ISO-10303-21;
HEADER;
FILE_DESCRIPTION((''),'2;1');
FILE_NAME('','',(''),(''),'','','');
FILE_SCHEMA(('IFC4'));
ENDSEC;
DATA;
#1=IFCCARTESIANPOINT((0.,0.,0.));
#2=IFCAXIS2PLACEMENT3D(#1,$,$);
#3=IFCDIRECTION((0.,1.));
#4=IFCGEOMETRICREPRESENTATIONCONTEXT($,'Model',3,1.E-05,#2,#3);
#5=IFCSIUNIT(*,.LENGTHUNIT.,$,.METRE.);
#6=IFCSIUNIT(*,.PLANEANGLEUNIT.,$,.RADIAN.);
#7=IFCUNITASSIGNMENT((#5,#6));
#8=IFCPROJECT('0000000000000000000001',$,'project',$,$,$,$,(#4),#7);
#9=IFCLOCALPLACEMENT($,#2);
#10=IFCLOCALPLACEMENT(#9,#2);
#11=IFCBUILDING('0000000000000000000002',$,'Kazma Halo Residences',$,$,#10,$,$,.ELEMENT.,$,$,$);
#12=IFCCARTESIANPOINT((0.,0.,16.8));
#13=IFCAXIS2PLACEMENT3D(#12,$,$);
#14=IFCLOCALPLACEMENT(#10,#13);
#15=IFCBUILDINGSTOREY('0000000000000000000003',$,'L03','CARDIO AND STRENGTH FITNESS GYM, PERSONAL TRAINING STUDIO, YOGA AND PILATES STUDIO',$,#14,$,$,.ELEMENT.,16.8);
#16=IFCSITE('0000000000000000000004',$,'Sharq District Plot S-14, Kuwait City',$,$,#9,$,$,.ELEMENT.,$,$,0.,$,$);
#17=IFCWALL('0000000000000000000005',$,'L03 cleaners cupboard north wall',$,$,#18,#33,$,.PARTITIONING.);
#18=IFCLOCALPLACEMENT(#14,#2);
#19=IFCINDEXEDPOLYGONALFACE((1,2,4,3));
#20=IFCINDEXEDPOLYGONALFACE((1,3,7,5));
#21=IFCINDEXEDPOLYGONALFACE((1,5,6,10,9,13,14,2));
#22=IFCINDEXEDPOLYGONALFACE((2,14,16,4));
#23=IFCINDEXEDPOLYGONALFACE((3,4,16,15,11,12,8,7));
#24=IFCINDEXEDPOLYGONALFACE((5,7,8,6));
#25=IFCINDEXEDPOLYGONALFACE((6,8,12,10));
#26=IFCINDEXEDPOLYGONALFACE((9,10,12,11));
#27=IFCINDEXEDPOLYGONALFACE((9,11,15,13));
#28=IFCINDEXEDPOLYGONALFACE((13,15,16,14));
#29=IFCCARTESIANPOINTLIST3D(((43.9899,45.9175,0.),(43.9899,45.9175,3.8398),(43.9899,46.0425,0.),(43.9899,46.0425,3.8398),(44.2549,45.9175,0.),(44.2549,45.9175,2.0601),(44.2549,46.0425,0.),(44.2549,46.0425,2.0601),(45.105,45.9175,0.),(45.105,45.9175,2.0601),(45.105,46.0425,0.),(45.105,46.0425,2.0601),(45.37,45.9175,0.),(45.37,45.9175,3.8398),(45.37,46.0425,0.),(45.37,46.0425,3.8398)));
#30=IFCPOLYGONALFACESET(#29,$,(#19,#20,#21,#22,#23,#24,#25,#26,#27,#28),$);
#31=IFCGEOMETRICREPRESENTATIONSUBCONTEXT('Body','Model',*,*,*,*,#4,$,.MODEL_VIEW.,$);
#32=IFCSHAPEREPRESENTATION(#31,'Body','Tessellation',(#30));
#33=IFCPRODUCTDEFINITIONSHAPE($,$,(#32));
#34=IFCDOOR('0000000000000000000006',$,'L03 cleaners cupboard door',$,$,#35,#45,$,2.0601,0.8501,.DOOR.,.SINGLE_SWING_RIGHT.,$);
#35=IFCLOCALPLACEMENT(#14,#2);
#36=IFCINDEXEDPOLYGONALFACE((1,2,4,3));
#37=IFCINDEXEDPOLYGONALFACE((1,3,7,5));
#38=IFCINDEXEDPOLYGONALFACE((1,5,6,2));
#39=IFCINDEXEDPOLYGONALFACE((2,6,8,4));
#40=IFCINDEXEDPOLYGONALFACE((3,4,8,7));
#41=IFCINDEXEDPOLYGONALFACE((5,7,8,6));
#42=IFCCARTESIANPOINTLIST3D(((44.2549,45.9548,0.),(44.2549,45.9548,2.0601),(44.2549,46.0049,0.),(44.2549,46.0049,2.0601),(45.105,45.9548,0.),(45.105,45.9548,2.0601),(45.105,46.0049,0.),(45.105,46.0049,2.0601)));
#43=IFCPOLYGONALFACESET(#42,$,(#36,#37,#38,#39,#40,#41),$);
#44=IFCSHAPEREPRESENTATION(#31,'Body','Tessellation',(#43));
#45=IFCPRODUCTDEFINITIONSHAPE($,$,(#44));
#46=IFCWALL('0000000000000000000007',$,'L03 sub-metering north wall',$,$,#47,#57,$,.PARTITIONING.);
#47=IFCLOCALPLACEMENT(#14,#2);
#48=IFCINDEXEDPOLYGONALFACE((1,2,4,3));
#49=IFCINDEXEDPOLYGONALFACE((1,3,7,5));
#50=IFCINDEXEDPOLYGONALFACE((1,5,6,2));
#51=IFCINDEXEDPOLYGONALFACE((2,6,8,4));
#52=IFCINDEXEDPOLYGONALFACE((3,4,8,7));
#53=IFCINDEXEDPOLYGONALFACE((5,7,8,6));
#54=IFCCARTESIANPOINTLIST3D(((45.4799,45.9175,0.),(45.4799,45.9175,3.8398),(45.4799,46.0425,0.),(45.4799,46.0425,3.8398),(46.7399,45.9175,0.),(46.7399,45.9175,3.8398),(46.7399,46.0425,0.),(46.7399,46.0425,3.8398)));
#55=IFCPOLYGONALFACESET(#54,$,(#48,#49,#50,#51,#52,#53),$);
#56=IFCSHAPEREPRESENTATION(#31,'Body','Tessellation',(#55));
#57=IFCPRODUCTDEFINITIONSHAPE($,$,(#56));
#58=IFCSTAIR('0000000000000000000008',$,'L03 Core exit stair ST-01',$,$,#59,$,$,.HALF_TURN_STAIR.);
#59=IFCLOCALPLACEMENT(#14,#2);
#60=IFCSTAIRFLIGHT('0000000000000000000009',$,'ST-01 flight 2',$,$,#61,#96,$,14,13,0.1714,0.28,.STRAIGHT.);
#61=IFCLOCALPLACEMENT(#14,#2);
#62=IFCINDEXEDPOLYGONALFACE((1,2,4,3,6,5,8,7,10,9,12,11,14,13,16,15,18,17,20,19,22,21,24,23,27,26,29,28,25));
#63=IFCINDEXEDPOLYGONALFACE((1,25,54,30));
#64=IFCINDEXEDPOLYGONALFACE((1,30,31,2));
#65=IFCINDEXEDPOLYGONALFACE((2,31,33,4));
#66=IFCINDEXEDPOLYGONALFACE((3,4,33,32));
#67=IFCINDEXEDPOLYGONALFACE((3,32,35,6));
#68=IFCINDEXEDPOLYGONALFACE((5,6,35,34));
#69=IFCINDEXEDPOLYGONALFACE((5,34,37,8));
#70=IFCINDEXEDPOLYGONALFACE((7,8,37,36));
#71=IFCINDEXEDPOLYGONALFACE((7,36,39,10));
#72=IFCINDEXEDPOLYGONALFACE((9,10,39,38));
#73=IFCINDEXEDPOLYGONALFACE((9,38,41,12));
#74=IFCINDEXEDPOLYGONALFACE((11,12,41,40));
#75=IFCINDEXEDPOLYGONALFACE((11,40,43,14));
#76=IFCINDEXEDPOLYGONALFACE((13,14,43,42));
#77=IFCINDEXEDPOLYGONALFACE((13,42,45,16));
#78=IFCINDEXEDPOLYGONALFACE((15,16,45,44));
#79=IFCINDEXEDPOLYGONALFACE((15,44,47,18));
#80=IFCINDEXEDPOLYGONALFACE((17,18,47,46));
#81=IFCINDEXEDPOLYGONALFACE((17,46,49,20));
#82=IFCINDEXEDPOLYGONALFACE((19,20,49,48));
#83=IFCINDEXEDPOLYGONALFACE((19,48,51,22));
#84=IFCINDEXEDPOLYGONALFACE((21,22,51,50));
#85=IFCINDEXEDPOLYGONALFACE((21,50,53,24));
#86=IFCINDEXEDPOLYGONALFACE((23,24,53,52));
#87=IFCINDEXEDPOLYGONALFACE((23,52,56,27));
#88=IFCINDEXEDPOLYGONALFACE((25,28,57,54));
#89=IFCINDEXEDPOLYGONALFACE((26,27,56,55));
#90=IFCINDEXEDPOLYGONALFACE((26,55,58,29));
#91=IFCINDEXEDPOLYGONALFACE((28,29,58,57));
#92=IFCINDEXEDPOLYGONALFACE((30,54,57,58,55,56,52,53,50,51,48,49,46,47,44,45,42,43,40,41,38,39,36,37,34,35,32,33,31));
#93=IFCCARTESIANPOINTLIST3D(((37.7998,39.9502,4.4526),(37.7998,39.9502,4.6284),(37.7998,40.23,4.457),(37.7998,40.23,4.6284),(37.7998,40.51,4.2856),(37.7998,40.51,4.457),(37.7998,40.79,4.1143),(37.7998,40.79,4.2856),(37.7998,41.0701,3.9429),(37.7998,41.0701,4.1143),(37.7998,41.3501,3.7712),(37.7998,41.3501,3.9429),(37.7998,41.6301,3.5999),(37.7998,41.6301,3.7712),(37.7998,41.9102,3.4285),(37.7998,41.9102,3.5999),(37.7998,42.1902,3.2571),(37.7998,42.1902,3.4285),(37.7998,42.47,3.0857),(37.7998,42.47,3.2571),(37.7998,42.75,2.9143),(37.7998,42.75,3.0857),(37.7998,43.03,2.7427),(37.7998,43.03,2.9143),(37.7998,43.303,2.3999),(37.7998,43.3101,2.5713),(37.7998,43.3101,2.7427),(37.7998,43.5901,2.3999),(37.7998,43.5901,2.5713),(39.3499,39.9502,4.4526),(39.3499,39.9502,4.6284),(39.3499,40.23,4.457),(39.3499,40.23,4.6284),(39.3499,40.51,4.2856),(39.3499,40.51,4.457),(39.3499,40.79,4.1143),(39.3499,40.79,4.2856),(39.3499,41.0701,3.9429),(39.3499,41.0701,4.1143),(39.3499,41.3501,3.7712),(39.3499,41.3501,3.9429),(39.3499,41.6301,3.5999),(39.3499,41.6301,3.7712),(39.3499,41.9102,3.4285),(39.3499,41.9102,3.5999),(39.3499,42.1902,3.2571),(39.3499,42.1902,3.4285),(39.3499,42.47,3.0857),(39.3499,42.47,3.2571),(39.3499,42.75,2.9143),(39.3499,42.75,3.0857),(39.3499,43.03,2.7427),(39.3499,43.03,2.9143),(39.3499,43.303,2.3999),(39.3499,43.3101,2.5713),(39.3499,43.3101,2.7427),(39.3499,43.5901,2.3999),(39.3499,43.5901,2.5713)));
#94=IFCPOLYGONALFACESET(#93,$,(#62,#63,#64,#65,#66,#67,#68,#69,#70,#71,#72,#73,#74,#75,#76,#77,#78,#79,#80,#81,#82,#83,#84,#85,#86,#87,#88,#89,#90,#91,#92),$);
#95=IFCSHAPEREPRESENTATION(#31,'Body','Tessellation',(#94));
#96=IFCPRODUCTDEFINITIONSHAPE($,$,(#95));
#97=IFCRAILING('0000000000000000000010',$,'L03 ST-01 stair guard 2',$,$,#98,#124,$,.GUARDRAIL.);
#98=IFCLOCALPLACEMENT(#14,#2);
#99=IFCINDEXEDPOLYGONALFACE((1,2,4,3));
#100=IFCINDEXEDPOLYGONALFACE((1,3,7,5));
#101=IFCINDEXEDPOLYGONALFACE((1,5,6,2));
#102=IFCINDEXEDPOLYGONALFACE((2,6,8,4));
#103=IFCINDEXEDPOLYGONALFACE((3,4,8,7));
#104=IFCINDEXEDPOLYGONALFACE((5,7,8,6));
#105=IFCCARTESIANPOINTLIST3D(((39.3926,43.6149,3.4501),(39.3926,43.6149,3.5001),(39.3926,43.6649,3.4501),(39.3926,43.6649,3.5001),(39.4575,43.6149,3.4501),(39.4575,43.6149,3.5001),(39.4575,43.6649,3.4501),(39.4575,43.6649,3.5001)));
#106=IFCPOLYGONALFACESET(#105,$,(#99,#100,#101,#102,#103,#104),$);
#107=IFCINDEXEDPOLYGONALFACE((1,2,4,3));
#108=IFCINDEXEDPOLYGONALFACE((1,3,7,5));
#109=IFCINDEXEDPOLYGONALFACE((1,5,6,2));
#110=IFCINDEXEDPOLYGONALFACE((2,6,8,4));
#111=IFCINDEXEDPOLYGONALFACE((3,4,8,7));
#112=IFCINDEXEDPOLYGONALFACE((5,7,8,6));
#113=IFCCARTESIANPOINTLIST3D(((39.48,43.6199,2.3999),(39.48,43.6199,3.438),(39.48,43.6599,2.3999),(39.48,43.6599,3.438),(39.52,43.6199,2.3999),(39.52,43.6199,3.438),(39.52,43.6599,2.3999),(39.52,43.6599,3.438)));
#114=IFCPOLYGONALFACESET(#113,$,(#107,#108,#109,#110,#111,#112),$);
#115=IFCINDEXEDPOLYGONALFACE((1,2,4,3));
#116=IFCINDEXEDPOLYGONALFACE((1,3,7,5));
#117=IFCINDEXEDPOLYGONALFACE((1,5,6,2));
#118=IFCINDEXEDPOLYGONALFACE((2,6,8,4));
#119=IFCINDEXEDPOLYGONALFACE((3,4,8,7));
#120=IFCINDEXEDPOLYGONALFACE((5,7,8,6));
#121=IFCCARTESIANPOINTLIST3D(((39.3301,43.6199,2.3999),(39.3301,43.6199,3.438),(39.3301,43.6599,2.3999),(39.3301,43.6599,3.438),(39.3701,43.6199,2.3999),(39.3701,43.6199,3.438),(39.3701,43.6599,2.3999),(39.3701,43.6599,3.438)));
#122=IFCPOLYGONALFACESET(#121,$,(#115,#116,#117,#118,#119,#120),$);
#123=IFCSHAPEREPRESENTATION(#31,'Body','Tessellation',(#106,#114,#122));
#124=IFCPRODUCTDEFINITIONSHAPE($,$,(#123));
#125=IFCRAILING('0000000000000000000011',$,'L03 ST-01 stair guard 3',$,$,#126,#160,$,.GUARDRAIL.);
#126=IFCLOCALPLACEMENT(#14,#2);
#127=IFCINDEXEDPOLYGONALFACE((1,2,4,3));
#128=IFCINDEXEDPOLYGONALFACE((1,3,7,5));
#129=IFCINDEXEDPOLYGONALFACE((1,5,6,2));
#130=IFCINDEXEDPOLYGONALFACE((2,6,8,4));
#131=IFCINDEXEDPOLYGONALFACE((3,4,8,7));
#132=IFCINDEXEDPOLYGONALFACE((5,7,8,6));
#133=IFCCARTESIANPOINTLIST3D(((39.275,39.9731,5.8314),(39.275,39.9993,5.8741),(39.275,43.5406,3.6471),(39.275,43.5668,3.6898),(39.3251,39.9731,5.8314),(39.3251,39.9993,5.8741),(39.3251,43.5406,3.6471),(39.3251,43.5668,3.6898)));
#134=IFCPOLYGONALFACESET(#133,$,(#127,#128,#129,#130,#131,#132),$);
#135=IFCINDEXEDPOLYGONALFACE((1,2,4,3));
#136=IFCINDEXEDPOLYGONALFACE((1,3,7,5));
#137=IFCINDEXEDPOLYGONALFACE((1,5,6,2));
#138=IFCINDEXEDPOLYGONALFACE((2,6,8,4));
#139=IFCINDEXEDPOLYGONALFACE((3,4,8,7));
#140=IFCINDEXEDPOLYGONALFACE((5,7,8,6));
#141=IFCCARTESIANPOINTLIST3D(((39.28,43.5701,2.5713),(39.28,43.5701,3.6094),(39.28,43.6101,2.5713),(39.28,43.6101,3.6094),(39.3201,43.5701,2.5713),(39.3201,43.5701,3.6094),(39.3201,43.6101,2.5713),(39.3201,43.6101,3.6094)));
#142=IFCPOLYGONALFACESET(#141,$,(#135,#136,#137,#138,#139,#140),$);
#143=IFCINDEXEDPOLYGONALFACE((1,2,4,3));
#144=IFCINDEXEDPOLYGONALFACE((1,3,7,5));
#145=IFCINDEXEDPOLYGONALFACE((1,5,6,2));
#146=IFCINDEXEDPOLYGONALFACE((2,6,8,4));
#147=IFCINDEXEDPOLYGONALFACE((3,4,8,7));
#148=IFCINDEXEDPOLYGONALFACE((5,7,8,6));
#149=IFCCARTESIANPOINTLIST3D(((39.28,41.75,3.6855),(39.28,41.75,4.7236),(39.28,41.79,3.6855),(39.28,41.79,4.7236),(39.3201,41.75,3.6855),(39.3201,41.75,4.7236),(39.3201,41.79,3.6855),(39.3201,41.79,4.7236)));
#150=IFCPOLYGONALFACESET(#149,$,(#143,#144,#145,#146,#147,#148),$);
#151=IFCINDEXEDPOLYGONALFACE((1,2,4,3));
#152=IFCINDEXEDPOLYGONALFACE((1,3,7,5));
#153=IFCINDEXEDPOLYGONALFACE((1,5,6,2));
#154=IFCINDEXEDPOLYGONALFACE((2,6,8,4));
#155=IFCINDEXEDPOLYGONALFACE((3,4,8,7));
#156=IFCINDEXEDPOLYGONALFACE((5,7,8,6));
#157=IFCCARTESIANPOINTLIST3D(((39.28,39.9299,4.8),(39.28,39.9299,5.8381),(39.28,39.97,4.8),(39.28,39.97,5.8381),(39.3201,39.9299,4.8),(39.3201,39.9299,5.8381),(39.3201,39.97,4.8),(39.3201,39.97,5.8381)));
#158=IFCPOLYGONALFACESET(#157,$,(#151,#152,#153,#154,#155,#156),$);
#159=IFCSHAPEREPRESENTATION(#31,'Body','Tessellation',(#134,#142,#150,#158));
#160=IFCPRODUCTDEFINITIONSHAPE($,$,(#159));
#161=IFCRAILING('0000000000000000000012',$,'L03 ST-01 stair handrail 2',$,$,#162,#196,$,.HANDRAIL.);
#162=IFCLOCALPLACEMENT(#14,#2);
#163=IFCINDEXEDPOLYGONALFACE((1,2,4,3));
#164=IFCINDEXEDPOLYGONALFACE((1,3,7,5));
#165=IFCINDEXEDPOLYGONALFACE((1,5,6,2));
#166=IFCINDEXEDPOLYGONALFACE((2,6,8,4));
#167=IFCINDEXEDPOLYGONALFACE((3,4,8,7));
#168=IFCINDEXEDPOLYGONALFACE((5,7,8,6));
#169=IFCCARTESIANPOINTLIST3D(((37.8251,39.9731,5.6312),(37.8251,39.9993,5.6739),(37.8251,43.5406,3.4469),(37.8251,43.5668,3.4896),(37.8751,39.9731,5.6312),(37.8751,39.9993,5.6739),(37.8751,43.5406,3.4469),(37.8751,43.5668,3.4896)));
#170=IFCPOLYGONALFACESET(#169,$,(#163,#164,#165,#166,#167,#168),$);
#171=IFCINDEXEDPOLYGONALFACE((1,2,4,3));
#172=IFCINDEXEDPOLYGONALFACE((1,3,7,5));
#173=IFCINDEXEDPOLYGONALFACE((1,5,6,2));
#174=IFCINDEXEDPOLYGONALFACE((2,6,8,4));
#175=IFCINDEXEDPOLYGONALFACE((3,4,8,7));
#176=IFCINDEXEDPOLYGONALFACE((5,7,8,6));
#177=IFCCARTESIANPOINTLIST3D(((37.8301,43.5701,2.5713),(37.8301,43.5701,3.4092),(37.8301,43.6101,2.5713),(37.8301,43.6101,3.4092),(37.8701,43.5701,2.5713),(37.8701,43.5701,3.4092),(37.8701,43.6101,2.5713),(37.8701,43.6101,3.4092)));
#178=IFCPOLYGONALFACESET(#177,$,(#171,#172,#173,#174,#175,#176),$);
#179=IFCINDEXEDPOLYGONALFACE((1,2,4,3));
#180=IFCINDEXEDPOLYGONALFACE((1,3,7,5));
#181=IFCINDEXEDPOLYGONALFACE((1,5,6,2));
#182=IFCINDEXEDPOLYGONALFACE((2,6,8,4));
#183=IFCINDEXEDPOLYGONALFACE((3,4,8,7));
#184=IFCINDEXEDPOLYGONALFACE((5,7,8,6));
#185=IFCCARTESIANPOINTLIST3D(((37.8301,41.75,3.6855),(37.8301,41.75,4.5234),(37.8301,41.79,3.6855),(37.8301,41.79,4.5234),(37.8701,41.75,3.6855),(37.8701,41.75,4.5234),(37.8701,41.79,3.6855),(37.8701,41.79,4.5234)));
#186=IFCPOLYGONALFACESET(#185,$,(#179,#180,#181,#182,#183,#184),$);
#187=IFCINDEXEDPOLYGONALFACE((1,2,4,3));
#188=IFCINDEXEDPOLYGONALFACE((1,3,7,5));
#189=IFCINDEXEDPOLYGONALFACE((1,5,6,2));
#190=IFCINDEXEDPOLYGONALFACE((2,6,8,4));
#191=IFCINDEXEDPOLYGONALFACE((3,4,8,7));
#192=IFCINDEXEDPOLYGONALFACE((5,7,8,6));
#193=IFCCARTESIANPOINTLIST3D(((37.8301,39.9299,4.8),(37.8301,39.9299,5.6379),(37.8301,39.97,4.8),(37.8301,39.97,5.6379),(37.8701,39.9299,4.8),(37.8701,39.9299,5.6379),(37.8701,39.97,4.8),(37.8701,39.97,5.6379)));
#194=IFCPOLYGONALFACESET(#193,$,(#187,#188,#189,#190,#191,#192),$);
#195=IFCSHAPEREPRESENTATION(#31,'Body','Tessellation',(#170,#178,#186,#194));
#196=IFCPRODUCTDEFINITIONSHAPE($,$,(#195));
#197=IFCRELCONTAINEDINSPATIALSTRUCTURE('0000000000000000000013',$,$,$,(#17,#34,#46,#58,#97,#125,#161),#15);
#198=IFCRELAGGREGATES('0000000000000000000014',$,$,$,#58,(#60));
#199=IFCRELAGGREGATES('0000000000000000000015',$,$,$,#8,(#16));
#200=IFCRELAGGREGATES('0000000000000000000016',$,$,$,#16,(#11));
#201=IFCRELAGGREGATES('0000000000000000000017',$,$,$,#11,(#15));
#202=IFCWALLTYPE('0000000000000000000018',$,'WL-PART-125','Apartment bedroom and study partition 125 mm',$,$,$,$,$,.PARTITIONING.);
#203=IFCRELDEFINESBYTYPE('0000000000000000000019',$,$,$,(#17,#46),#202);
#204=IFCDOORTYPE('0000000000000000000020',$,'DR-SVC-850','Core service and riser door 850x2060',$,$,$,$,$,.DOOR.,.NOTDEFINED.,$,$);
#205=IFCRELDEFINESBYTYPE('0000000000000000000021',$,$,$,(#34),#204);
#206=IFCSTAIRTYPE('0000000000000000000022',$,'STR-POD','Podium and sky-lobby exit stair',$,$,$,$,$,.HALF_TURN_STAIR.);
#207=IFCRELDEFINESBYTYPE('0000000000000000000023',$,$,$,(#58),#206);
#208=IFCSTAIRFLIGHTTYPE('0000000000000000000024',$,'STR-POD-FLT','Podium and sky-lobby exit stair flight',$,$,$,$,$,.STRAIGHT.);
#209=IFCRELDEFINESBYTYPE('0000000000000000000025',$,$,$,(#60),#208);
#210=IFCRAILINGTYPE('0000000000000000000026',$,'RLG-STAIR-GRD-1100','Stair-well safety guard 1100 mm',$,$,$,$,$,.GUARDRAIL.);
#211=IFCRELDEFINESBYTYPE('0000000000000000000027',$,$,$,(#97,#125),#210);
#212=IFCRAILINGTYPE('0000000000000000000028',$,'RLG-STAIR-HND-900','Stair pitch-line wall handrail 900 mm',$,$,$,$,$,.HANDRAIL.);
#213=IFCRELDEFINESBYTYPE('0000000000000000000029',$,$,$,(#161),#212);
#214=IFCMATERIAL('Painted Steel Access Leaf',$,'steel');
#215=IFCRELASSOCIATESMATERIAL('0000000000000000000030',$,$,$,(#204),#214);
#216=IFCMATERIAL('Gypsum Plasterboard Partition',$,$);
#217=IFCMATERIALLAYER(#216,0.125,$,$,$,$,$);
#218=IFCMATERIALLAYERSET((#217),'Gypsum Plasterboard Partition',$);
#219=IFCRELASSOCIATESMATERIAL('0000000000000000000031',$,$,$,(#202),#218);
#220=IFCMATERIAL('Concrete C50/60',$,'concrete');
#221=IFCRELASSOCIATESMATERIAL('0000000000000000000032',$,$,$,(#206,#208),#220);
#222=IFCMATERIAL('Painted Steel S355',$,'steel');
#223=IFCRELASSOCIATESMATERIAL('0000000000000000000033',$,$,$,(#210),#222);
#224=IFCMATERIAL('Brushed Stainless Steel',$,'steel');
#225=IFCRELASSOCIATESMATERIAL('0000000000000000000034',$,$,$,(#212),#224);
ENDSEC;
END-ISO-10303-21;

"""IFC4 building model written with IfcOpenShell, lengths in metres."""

from ifc_helpers import new_model, si_unit, direction, frame, frame_2d, origin, origin_2d, place, context, subcontext, project, spatial, polyline, rectangle, outline, extrude, material, layer, layer_set, type_object, element, fill, aggregate, save


model = new_model("IFC4")

# Units and contexts
model_context = context("Model", 3, precision=1e-05, world=origin(), true_north=direction((0.0, 1.0)))
body_context = subcontext(model_context, "Body", "Model", "MODEL_VIEW")
ifc_project = project(units=[si_unit("LENGTHUNIT", "METRE"), si_unit("PLANEANGLEUNIT", "RADIAN")], contexts=[model_context])

# Site, building, storey
site_placement = place(None, origin())
site = spatial("IfcSite", under=ifc_project, at=site_placement, Name="Sharq District Plot S-14, Kuwait City", CompositionType="ELEMENT", RefElevation=0.0)
building_placement = place(site_placement, origin())
building = spatial("IfcBuilding", under=site, at=building_placement, Name="Kazma Halo Residences", CompositionType="ELEMENT")
storey_placement = place(building_placement, frame((0.0, 0.0, 16.8)))
storey = spatial("IfcBuildingStorey", under=building, at=storey_placement, Name="L03", Description="CARDIO AND STRENGTH FITNESS GYM, PERSONAL TRAINING STUDIO, YOGA AND PILATES STUDIO", CompositionType="ELEMENT", Elevation=16.8)

# Shared definitions
ifc_material_1 = material(Name="Painted Steel Access Leaf", Category="steel")
door_type = type_object("IfcDoorType", Name="DR-SVC-850", Description="Core service and riser door 850x2060", OperationType="NOTDEFINED", PredefinedType="DOOR", material=ifc_material_1)

# Shared definitions
ifc_material_2 = material(Name="Gypsum Plasterboard Partition")
ifc_layer_1 = layer(ifc_material_2, 0.125)
ifc_layer_set_1 = layer_set([ifc_layer_1], Name="Gypsum Plasterboard Partition")
wall_type_1 = type_object("IfcWallType", Name="WL-PART-125", Description="Apartment bedroom and study partition 125 mm", PredefinedType="PARTITIONING", material=ifc_layer_set_1)

# Wall, opening, door
wall_1_placement = place(storey_placement, frame((43.99, 45.98, 0.0), z_axis=(0.0, 0.0, 1.0), x_axis=(1.0, 0.0, 0.0)))
wall_1 = element("IfcWall", 1, at=wall_1_placement, inside=storey, type_object=wall_type_1, Name="L03 cleaners cupboard north wall", PredefinedType="PARTITIONING", context=body_context, shape_type="SweptSolid", body=[
    extrude(rectangle(XDim=1.3801, YDim=0.125, at=frame_2d((0.6899, 0.0))), origin(), (0.0, 0.0, 1.0), 3.8398),
])
opening_1_placement = place(wall_1_placement, frame((0.2649, 0.0, 0.0)))
opening_1 = element("IfcOpeningElement", 2, at=opening_1_placement, cuts=wall_1, PredefinedType="OPENING", context=body_context, shape_type="SweptSolid", body=[
    extrude(rectangle(XDim=0.8501, YDim=2.0601, at=frame_2d((0.425, 1.03))), frame((0.0, 0.0725, 0.0), z_axis=(0.0, -1.0, 0.0), x_axis=(1.0, 0.0, 0.0)), (0.0, 0.0, 1.0), 0.145),
])
door_1_placement = place(opening_1_placement, origin())
door_1 = element("IfcDoor", 3, at=door_1_placement, inside=storey, type_object=door_type, Name="L03 cleaners cupboard door", OperationType="SINGLE_SWING_RIGHT", OverallHeight=2.0601, OverallWidth=0.8501, PredefinedType="DOOR", context=body_context, shape_type="SweptSolid", body=[
    extrude(rectangle(XDim=0.8501, YDim=2.0601, at=frame_2d((0.425, 1.03))), frame((0.0, 0.0249, 0.0), z_axis=(0.0, -1.0, 0.0), x_axis=(1.0, 0.0, 0.0)), (0.0, 0.0, 1.0), 0.05),
])
fill(opening_1, door_1)

# Wall
wall_2_placement = place(storey_placement, frame((45.48, 45.98, 0.0), z_axis=(0.0, 0.0, 1.0), x_axis=(1.0, 0.0, 0.0)))
element("IfcWall", 4, at=wall_2_placement, inside=storey, type_object=wall_type_1, Name="L03 sub-metering north wall", PredefinedType="PARTITIONING", context=body_context, shape_type="SweptSolid", body=[
    extrude(rectangle(XDim=1.26, YDim=0.125, at=frame_2d((0.6299, 0.0))), origin(), (0.0, 0.0, 1.0), 3.8398),
])

# Stair, stair flight
ifc_material_3 = material(Name="Concrete C50/60", Category="concrete")
stair_type = type_object("IfcStairType", Name="STR-POD", Description="Podium and sky-lobby exit stair", PredefinedType="HALF_TURN_STAIR", material=ifc_material_3)
stair_placement = place(storey_placement, origin())
stair = element("IfcStair", 5, at=stair_placement, inside=storey, type_object=stair_type, Name="L03 Core exit stair ST-01", PredefinedType="HALF_TURN_STAIR")
stair_flight_type = type_object("IfcStairFlightType", Name="STR-POD-FLT", Description="Podium and sky-lobby exit stair flight", PredefinedType="STRAIGHT", material=ifc_material_3)
stair_flight_placement = place(storey_placement, frame((38.575, 43.5901, 2.3999), z_axis=(0.0, 0.0, 1.0), x_axis=(0.0, -1.0, 0.0)))
stair_flight = element("IfcStairFlight", 6, at=stair_flight_placement, type_object=stair_flight_type, Name="ST-01 flight 2", NumberOfRisers=14, NumberOfTreads=13, PredefinedType="STRAIGHT", RiserHeight=0.1714, TreadLength=0.28, context=body_context, shape_type="SweptSolid", body=[
    extrude(outline(polyline([(0.0, 0.0), (0.0, 0.1714), (0.28, 0.1714), (0.28, 0.3428), (0.5601, 0.3428), (0.5601, 0.5144), (0.8401, 0.5144), (0.8401, 0.6858), (1.1201, 0.6858), (1.1201, 0.8572), (1.3999, 0.8572), (1.3999, 1.0286), (1.6799, 1.0286), (1.6799, 1.2), (1.96, 1.2), (1.96, 1.3713), (2.24, 1.3713), (2.24, 1.543), (2.52, 1.543), (2.52, 1.7144), (2.8, 1.7144), (2.8, 1.8857), (3.0801, 1.8857), (3.0801, 2.0571), (3.3601, 2.0571), (3.3601, 2.2285), (3.6399, 2.2285), (3.6399, 2.3999), (3.6399, 2.0527), (0.2871, 0.0), (0.0, 0.0)])), frame((0.0, 0.7749, 0.0), z_axis=(0.0, -1.0, 0.0), x_axis=(1.0, 0.0, 0.0)), (0.0, 0.0, 1.0), 1.55),
])
aggregate(stair, [stair_flight])

# Railings
ifc_material_4 = material(Name="Painted Steel S355", Category="steel")
railing_type_1 = type_object("IfcRailingType", Name="RLG-STAIR-GRD-1100", Description="Stair-well safety guard 1100 mm", PredefinedType="GUARDRAIL", material=ifc_material_4)
railing_1_placement = place(storey_placement, frame((39.5, 43.6399, 2.3999)))
element("IfcRailing", 7, at=railing_1_placement, inside=storey, type_object=railing_type_1, Name="L03 ST-01 stair guard 2", PredefinedType="GUARDRAIL", context=body_context, shape_type="SweptSolid", body=[
    extrude(rectangle(XDim=0.05, YDim=0.05, at=origin_2d()), frame((-0.0425, 0.0, 1.0752), z_axis=(-1.0, 0.0, 0.0), x_axis=(0.0, -1.0, 0.0)), (0.0, 0.0, 1.0), 0.0649),
    extrude(rectangle(XDim=0.04, YDim=0.04, at=origin_2d()), origin(), (0.0, 0.0, 1.0), 1.0381),
    extrude(rectangle(XDim=0.04, YDim=0.04, at=origin_2d()), frame((-0.1499, 0.0, 0.0)), (0.0, 0.0, 1.0), 1.0381),
])
railing_2_placement = place(storey_placement, frame((39.3, 43.5901, 2.5713)))
element("IfcRailing", 8, at=railing_2_placement, inside=storey, type_object=railing_type_1, Name="L03 ST-01 stair guard 3", PredefinedType="GUARDRAIL", context=body_context, shape_type="SweptSolid", body=[
    extrude(rectangle(XDim=0.05, YDim=0.05, at=origin_2d()), frame((0.0, -0.0364, 1.0972), z_axis=(0.0, -0.85284, 0.522172), x_axis=(1.0, 0.0, 0.0)), (0.0, 0.0, 1.0), 4.1831),
    extrude(rectangle(XDim=0.04, YDim=0.04, at=origin_2d()), origin(), (0.0, 0.0, 1.0), 1.0381),
    extrude(rectangle(XDim=0.04, YDim=0.04, at=origin_2d()), frame((0.0, -1.8201, 1.1143)), (0.0, 0.0, 1.0), 1.0381),
    extrude(rectangle(XDim=0.04, YDim=0.04, at=origin_2d()), frame((0.0, -3.6401, 2.2288)), (0.0, 0.0, 1.0), 1.0381),
])
ifc_material_5 = material(Name="Brushed Stainless Steel", Category="steel")
railing_type_2 = type_object("IfcRailingType", Name="RLG-STAIR-HND-900", Description="Stair pitch-line wall handrail 900 mm", PredefinedType="HANDRAIL", material=ifc_material_5)
railing_3_placement = place(storey_placement, frame((37.8501, 43.5901, 2.5713)))
element("IfcRailing", 9, at=railing_3_placement, inside=storey, type_object=railing_type_2, Name="L03 ST-01 stair handrail 2", PredefinedType="HANDRAIL", context=body_context, shape_type="SweptSolid", body=[
    extrude(rectangle(XDim=0.05, YDim=0.05, at=origin_2d()), frame((0.0, -0.0364, 0.897), z_axis=(0.0, -0.85284, 0.522172), x_axis=(1.0, 0.0, 0.0)), (0.0, 0.0, 1.0), 4.1831),
    extrude(rectangle(XDim=0.04, YDim=0.04, at=origin_2d()), origin(), (0.0, 0.0, 1.0), 0.8379),
    extrude(rectangle(XDim=0.04, YDim=0.04, at=origin_2d()), frame((0.0, -1.8201, 1.1143)), (0.0, 0.0, 1.0), 0.8379),
    extrude(rectangle(XDim=0.04, YDim=0.04, at=origin_2d()), frame((0.0, -3.6401, 2.2288)), (0.0, 0.0, 1.0), 0.8379),
])

save(model, "model.ifc")
